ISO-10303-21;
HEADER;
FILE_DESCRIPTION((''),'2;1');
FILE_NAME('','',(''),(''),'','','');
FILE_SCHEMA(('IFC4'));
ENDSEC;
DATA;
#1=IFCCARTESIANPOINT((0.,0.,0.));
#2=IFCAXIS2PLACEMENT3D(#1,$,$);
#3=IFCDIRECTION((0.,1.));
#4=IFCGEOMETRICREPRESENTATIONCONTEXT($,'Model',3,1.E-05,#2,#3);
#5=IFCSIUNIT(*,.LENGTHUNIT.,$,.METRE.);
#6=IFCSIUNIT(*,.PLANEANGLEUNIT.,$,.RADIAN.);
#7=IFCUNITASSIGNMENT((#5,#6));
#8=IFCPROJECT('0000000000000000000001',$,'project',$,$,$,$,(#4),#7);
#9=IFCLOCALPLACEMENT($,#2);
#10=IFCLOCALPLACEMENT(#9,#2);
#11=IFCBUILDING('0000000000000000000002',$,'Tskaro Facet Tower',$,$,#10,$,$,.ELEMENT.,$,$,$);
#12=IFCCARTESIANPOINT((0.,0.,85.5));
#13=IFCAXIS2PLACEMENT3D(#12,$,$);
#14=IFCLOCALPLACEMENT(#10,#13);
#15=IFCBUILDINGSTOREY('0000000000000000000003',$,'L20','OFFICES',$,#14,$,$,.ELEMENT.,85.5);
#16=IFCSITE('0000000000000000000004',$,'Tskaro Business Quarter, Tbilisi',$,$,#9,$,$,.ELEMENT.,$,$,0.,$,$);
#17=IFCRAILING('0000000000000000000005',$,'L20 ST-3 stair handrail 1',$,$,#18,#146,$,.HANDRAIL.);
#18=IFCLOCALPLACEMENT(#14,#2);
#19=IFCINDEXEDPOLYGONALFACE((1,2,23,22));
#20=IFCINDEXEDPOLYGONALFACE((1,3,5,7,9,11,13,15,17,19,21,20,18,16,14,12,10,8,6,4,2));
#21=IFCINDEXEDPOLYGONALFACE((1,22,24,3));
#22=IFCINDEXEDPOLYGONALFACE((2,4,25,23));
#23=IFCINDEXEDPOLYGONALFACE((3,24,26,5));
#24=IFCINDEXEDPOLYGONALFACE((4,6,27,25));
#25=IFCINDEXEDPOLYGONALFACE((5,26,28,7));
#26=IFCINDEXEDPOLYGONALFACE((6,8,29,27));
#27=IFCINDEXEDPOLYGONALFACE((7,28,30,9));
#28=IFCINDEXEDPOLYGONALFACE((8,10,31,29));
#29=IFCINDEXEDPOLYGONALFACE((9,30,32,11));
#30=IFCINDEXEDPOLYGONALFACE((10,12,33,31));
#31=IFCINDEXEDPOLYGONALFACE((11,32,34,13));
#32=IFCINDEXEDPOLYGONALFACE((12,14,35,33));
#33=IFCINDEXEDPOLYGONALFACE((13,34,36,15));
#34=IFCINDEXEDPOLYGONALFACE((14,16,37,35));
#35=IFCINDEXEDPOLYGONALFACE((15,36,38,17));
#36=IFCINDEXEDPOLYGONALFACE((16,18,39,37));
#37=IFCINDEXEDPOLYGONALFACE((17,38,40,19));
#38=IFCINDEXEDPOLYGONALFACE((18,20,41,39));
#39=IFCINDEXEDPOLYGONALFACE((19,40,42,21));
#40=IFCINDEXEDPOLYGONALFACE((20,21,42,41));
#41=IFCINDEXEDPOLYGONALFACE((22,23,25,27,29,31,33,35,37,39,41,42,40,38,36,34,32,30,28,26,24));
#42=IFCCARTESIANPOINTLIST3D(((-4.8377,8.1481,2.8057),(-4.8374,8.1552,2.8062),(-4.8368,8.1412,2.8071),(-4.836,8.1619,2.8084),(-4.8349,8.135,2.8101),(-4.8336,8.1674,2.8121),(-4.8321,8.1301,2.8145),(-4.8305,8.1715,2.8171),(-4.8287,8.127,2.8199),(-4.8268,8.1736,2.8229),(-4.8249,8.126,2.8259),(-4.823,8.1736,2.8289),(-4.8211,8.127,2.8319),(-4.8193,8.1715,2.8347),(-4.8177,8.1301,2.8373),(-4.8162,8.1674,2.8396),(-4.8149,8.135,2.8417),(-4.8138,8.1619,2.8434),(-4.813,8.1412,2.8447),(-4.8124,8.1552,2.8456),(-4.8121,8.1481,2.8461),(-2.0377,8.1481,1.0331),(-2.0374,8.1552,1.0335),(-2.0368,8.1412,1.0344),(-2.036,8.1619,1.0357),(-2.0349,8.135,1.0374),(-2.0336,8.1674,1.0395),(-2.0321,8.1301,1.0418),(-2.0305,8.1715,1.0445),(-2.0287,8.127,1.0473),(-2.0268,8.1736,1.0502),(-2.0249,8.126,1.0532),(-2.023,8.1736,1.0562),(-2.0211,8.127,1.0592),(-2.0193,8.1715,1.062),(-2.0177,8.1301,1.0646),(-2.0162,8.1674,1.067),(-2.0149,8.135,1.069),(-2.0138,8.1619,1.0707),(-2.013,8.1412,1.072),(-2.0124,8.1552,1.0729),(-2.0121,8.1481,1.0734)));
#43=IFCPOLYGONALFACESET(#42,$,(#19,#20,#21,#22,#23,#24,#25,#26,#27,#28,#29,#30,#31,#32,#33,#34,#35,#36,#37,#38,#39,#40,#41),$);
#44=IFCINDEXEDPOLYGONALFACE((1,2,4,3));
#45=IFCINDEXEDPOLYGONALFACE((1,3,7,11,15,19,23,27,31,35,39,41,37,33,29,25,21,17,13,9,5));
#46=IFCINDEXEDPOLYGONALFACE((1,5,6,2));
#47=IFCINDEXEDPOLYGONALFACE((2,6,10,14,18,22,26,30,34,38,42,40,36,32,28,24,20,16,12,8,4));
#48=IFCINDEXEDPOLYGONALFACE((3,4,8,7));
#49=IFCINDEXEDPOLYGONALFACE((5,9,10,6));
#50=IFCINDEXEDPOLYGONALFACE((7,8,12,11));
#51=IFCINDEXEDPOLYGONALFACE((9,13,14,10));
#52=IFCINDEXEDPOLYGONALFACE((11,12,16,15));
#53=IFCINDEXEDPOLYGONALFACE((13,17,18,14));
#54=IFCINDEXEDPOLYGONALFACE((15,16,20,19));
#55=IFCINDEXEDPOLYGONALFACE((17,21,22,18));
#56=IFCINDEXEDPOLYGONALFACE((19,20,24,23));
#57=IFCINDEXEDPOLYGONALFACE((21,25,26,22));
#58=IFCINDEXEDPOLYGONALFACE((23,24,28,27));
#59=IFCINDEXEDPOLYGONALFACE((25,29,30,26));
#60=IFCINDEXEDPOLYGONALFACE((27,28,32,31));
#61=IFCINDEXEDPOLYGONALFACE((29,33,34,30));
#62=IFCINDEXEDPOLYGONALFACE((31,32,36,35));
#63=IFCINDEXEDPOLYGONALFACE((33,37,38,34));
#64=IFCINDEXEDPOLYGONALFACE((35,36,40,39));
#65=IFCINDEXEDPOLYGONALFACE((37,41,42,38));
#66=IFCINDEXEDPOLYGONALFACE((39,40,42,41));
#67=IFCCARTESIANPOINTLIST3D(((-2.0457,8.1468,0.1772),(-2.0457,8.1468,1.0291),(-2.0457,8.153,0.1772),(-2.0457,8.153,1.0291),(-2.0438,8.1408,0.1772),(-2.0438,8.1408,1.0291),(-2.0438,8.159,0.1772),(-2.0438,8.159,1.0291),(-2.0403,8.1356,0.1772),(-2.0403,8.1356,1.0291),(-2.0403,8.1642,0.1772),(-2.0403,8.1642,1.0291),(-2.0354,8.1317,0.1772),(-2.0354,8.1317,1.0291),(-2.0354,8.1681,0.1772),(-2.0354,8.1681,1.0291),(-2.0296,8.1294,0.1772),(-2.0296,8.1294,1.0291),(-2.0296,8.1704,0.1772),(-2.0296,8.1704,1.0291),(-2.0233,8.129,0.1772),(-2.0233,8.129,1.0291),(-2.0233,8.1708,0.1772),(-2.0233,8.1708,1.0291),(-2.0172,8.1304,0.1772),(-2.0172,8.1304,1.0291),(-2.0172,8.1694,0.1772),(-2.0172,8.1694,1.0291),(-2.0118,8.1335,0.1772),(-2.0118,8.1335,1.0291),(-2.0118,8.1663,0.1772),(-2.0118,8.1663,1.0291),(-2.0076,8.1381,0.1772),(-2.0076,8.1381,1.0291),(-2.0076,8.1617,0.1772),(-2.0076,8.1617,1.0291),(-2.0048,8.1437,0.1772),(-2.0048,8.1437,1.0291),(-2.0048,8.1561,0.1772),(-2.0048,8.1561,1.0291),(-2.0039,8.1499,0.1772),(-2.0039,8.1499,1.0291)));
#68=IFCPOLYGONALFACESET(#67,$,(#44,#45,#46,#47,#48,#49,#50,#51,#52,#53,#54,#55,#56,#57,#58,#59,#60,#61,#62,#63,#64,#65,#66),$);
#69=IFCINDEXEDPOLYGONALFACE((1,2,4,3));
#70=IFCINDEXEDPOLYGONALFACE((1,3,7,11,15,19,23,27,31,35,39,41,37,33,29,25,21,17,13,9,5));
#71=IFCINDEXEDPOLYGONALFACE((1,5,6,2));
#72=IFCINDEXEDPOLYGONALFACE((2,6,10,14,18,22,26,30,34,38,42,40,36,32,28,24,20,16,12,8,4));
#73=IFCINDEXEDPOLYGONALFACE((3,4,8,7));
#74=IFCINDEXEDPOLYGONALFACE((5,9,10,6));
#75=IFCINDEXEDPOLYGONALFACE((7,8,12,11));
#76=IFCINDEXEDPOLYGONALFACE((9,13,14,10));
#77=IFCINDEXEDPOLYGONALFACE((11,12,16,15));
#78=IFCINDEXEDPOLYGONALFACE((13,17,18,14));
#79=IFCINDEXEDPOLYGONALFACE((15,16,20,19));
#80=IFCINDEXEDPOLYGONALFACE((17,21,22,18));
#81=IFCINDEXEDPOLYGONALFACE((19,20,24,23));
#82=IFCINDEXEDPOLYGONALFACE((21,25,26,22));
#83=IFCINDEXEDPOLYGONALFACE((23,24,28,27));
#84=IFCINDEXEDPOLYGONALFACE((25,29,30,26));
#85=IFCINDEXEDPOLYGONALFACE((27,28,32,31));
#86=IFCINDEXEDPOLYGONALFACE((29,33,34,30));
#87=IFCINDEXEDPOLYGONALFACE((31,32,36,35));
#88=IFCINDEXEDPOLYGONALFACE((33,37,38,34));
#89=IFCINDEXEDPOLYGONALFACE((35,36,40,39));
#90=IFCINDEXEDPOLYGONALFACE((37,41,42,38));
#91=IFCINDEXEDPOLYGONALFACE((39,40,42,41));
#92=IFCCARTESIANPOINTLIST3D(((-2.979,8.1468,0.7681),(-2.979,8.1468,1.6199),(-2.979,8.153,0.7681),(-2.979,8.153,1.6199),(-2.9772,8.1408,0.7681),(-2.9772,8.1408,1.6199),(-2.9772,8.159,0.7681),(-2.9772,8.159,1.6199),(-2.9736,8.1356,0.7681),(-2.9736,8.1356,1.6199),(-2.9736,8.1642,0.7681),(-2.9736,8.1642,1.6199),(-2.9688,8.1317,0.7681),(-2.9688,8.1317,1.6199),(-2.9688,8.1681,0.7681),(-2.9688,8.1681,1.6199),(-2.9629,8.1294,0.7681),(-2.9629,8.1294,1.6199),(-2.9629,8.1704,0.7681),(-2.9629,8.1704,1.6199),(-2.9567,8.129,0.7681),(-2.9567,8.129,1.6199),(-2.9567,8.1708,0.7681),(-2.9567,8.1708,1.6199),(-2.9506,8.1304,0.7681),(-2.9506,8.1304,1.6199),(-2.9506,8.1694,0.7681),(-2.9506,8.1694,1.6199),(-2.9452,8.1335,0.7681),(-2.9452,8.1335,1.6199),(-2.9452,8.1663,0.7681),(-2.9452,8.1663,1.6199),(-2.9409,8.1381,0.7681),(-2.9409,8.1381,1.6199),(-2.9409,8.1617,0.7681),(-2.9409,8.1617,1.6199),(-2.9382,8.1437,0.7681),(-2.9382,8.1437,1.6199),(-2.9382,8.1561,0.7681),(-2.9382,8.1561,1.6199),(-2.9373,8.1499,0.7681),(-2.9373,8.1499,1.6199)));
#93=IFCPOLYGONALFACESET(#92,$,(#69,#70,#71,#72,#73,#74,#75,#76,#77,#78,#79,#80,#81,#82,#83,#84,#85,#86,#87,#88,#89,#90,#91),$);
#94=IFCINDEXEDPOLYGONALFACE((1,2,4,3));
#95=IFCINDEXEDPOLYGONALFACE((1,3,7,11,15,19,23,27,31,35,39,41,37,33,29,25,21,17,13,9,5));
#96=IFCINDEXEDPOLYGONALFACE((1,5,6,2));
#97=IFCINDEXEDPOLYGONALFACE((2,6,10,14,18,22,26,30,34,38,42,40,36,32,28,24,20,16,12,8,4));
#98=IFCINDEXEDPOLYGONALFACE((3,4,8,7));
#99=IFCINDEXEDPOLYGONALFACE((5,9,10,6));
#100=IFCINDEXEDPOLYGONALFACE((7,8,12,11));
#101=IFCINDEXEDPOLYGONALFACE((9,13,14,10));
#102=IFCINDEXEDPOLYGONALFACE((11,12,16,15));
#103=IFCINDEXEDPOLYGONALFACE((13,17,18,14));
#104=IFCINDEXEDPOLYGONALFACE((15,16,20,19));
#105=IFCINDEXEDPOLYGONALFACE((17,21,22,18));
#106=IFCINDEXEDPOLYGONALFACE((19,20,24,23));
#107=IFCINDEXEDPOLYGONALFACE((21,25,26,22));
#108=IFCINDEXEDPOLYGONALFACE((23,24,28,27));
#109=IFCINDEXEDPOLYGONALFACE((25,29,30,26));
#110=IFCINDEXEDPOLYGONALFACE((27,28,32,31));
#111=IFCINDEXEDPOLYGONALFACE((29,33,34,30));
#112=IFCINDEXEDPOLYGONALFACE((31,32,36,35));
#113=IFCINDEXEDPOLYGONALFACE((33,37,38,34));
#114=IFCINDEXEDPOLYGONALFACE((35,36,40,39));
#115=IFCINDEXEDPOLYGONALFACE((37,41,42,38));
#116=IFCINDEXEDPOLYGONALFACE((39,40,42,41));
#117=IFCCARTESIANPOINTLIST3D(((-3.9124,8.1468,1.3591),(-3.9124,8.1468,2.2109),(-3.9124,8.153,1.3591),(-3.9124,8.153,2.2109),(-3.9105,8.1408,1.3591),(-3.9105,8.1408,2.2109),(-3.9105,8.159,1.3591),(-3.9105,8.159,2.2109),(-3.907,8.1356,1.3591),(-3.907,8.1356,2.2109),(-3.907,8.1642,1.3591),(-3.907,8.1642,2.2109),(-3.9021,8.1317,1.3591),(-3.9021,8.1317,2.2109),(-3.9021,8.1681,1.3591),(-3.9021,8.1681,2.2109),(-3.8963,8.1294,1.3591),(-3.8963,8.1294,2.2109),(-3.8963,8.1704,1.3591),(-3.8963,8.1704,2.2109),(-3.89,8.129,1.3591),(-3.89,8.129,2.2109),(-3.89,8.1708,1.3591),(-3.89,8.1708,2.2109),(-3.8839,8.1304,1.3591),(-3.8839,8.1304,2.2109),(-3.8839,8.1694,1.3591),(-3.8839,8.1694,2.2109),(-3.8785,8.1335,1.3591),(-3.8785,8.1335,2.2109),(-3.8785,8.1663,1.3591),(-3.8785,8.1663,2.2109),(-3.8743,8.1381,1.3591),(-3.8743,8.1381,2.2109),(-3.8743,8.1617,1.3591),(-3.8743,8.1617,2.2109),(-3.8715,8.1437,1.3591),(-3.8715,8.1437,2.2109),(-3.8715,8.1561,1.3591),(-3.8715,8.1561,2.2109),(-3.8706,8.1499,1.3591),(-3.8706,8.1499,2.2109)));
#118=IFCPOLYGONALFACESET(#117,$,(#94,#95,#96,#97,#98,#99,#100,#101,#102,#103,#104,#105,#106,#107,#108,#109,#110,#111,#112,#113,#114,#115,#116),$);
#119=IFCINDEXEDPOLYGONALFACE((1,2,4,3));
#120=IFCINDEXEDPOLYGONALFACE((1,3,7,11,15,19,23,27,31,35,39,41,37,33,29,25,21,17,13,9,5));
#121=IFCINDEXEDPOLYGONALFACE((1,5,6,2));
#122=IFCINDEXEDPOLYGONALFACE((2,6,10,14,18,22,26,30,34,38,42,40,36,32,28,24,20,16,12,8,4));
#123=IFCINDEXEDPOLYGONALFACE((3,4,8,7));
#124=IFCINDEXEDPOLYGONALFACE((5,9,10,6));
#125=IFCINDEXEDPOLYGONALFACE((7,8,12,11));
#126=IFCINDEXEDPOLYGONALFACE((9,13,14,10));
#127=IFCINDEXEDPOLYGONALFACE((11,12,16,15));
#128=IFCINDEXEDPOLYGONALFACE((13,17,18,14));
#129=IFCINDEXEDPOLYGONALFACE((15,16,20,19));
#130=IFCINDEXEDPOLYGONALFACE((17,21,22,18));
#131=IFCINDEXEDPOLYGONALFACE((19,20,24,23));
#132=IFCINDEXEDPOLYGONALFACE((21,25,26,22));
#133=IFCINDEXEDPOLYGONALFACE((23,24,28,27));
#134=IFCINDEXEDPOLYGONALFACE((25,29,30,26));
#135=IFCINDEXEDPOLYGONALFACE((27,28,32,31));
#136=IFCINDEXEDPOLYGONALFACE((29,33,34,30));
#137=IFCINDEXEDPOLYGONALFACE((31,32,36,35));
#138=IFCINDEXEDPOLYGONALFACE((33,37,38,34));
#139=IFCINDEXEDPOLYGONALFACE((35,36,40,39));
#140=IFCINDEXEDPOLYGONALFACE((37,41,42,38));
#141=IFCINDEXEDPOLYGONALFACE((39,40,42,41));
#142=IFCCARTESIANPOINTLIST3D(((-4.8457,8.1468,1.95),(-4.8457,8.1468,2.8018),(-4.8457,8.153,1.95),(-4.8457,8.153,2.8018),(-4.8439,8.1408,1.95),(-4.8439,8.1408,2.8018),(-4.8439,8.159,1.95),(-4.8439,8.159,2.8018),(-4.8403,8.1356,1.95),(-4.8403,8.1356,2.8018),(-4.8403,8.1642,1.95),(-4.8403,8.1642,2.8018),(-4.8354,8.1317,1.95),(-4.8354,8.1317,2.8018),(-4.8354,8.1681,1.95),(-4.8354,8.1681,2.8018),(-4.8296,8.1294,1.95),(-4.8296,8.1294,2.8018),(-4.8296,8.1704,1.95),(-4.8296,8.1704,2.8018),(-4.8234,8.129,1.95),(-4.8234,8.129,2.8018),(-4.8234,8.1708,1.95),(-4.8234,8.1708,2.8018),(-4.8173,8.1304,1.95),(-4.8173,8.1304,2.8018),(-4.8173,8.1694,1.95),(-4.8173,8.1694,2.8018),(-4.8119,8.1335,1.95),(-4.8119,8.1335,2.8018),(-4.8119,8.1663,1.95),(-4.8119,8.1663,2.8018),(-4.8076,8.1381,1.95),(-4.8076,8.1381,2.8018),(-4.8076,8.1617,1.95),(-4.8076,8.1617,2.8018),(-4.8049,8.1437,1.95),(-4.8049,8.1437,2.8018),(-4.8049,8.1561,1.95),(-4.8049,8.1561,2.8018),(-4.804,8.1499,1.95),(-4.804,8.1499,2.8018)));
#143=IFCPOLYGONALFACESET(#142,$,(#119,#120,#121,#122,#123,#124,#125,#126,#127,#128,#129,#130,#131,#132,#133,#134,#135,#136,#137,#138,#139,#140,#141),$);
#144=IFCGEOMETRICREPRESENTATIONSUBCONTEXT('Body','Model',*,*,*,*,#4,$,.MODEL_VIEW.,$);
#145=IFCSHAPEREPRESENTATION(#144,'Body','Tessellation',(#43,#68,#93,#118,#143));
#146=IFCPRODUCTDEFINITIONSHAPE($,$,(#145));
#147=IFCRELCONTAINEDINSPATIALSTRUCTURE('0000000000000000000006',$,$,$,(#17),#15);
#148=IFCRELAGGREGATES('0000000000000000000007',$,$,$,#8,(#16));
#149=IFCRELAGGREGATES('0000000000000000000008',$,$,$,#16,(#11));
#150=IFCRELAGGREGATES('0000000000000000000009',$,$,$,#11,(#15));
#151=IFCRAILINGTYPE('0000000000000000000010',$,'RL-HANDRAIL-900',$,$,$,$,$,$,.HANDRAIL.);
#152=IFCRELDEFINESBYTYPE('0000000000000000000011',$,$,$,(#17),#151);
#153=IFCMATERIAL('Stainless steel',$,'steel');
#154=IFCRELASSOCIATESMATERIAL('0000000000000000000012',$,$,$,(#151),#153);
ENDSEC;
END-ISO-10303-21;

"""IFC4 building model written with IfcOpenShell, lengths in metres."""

from ifc_helpers import new_model, si_unit, direction, frame, origin, origin_2d, place, context, subcontext, project, spatial, circle, extrude, material, type_object, element, save


model = new_model("IFC4")

# Units and contexts
model_context = context("Model", 3, precision=1e-05, world=origin(), true_north=direction((0.0, 1.0)))
body_context = subcontext(model_context, "Body", "Model", "MODEL_VIEW")
ifc_project = project(units=[si_unit("LENGTHUNIT", "METRE"), si_unit("PLANEANGLEUNIT", "RADIAN")], contexts=[model_context])

# Site, building, storey
site_placement = place(None, origin())
site = spatial("IfcSite", under=ifc_project, at=site_placement, Name="Tskaro Business Quarter, Tbilisi", CompositionType="ELEMENT", RefElevation=0.0)
building_placement = place(site_placement, origin())
building = spatial("IfcBuilding", under=site, at=building_placement, Name="Tskaro Facet Tower", CompositionType="ELEMENT")
storey_placement = place(building_placement, frame((0.0, 0.0, 85.5)))
storey = spatial("IfcBuildingStorey", under=building, at=storey_placement, Name="L20", Description="OFFICES", CompositionType="ELEMENT", Elevation=85.5)

# Railing
ifc_material_1 = material(Name="Stainless steel", Category="steel")
railing_type_1 = type_object("IfcRailingType", Name="RL-HANDRAIL-900", PredefinedType="HANDRAIL", material=ifc_material_1)
railing_1_placement = place(storey_placement, frame((-2.0249, 8.1499, 0.1772)))
element("IfcRailing", 1, at=railing_1_placement, inside=storey, type_object=railing_type_1, Name="L20 ST-3 stair handrail 1", PredefinedType="HANDRAIL", context=body_context, shape_type="SweptSolid", body=[
    extrude(circle(Radius=0.0239, at=origin_2d()), frame((0.0, 0.0, 0.876), z_axis=(-0.844909, 0.0, 0.53491), x_axis=(0.0, -1.0, 0.0)), (0.0, 0.0, 1.0), 3.314),
    extrude(circle(Radius=0.021, at=origin_2d()), origin(), (0.0, 0.0, 1.0), 0.8518),
    extrude(circle(Radius=0.021, at=origin_2d()), frame((-0.9333, 0.0, 0.5908)), (0.0, 0.0, 1.0), 0.8518),
    extrude(circle(Radius=0.021, at=origin_2d()), frame((-1.8667, 0.0, 1.1819)), (0.0, 0.0, 1.0), 0.8518),
    extrude(circle(Radius=0.021, at=origin_2d()), frame((-2.8, 0.0, 1.7727)), (0.0, 0.0, 1.0), 0.8518),
])

save(model, "model.ifc")
